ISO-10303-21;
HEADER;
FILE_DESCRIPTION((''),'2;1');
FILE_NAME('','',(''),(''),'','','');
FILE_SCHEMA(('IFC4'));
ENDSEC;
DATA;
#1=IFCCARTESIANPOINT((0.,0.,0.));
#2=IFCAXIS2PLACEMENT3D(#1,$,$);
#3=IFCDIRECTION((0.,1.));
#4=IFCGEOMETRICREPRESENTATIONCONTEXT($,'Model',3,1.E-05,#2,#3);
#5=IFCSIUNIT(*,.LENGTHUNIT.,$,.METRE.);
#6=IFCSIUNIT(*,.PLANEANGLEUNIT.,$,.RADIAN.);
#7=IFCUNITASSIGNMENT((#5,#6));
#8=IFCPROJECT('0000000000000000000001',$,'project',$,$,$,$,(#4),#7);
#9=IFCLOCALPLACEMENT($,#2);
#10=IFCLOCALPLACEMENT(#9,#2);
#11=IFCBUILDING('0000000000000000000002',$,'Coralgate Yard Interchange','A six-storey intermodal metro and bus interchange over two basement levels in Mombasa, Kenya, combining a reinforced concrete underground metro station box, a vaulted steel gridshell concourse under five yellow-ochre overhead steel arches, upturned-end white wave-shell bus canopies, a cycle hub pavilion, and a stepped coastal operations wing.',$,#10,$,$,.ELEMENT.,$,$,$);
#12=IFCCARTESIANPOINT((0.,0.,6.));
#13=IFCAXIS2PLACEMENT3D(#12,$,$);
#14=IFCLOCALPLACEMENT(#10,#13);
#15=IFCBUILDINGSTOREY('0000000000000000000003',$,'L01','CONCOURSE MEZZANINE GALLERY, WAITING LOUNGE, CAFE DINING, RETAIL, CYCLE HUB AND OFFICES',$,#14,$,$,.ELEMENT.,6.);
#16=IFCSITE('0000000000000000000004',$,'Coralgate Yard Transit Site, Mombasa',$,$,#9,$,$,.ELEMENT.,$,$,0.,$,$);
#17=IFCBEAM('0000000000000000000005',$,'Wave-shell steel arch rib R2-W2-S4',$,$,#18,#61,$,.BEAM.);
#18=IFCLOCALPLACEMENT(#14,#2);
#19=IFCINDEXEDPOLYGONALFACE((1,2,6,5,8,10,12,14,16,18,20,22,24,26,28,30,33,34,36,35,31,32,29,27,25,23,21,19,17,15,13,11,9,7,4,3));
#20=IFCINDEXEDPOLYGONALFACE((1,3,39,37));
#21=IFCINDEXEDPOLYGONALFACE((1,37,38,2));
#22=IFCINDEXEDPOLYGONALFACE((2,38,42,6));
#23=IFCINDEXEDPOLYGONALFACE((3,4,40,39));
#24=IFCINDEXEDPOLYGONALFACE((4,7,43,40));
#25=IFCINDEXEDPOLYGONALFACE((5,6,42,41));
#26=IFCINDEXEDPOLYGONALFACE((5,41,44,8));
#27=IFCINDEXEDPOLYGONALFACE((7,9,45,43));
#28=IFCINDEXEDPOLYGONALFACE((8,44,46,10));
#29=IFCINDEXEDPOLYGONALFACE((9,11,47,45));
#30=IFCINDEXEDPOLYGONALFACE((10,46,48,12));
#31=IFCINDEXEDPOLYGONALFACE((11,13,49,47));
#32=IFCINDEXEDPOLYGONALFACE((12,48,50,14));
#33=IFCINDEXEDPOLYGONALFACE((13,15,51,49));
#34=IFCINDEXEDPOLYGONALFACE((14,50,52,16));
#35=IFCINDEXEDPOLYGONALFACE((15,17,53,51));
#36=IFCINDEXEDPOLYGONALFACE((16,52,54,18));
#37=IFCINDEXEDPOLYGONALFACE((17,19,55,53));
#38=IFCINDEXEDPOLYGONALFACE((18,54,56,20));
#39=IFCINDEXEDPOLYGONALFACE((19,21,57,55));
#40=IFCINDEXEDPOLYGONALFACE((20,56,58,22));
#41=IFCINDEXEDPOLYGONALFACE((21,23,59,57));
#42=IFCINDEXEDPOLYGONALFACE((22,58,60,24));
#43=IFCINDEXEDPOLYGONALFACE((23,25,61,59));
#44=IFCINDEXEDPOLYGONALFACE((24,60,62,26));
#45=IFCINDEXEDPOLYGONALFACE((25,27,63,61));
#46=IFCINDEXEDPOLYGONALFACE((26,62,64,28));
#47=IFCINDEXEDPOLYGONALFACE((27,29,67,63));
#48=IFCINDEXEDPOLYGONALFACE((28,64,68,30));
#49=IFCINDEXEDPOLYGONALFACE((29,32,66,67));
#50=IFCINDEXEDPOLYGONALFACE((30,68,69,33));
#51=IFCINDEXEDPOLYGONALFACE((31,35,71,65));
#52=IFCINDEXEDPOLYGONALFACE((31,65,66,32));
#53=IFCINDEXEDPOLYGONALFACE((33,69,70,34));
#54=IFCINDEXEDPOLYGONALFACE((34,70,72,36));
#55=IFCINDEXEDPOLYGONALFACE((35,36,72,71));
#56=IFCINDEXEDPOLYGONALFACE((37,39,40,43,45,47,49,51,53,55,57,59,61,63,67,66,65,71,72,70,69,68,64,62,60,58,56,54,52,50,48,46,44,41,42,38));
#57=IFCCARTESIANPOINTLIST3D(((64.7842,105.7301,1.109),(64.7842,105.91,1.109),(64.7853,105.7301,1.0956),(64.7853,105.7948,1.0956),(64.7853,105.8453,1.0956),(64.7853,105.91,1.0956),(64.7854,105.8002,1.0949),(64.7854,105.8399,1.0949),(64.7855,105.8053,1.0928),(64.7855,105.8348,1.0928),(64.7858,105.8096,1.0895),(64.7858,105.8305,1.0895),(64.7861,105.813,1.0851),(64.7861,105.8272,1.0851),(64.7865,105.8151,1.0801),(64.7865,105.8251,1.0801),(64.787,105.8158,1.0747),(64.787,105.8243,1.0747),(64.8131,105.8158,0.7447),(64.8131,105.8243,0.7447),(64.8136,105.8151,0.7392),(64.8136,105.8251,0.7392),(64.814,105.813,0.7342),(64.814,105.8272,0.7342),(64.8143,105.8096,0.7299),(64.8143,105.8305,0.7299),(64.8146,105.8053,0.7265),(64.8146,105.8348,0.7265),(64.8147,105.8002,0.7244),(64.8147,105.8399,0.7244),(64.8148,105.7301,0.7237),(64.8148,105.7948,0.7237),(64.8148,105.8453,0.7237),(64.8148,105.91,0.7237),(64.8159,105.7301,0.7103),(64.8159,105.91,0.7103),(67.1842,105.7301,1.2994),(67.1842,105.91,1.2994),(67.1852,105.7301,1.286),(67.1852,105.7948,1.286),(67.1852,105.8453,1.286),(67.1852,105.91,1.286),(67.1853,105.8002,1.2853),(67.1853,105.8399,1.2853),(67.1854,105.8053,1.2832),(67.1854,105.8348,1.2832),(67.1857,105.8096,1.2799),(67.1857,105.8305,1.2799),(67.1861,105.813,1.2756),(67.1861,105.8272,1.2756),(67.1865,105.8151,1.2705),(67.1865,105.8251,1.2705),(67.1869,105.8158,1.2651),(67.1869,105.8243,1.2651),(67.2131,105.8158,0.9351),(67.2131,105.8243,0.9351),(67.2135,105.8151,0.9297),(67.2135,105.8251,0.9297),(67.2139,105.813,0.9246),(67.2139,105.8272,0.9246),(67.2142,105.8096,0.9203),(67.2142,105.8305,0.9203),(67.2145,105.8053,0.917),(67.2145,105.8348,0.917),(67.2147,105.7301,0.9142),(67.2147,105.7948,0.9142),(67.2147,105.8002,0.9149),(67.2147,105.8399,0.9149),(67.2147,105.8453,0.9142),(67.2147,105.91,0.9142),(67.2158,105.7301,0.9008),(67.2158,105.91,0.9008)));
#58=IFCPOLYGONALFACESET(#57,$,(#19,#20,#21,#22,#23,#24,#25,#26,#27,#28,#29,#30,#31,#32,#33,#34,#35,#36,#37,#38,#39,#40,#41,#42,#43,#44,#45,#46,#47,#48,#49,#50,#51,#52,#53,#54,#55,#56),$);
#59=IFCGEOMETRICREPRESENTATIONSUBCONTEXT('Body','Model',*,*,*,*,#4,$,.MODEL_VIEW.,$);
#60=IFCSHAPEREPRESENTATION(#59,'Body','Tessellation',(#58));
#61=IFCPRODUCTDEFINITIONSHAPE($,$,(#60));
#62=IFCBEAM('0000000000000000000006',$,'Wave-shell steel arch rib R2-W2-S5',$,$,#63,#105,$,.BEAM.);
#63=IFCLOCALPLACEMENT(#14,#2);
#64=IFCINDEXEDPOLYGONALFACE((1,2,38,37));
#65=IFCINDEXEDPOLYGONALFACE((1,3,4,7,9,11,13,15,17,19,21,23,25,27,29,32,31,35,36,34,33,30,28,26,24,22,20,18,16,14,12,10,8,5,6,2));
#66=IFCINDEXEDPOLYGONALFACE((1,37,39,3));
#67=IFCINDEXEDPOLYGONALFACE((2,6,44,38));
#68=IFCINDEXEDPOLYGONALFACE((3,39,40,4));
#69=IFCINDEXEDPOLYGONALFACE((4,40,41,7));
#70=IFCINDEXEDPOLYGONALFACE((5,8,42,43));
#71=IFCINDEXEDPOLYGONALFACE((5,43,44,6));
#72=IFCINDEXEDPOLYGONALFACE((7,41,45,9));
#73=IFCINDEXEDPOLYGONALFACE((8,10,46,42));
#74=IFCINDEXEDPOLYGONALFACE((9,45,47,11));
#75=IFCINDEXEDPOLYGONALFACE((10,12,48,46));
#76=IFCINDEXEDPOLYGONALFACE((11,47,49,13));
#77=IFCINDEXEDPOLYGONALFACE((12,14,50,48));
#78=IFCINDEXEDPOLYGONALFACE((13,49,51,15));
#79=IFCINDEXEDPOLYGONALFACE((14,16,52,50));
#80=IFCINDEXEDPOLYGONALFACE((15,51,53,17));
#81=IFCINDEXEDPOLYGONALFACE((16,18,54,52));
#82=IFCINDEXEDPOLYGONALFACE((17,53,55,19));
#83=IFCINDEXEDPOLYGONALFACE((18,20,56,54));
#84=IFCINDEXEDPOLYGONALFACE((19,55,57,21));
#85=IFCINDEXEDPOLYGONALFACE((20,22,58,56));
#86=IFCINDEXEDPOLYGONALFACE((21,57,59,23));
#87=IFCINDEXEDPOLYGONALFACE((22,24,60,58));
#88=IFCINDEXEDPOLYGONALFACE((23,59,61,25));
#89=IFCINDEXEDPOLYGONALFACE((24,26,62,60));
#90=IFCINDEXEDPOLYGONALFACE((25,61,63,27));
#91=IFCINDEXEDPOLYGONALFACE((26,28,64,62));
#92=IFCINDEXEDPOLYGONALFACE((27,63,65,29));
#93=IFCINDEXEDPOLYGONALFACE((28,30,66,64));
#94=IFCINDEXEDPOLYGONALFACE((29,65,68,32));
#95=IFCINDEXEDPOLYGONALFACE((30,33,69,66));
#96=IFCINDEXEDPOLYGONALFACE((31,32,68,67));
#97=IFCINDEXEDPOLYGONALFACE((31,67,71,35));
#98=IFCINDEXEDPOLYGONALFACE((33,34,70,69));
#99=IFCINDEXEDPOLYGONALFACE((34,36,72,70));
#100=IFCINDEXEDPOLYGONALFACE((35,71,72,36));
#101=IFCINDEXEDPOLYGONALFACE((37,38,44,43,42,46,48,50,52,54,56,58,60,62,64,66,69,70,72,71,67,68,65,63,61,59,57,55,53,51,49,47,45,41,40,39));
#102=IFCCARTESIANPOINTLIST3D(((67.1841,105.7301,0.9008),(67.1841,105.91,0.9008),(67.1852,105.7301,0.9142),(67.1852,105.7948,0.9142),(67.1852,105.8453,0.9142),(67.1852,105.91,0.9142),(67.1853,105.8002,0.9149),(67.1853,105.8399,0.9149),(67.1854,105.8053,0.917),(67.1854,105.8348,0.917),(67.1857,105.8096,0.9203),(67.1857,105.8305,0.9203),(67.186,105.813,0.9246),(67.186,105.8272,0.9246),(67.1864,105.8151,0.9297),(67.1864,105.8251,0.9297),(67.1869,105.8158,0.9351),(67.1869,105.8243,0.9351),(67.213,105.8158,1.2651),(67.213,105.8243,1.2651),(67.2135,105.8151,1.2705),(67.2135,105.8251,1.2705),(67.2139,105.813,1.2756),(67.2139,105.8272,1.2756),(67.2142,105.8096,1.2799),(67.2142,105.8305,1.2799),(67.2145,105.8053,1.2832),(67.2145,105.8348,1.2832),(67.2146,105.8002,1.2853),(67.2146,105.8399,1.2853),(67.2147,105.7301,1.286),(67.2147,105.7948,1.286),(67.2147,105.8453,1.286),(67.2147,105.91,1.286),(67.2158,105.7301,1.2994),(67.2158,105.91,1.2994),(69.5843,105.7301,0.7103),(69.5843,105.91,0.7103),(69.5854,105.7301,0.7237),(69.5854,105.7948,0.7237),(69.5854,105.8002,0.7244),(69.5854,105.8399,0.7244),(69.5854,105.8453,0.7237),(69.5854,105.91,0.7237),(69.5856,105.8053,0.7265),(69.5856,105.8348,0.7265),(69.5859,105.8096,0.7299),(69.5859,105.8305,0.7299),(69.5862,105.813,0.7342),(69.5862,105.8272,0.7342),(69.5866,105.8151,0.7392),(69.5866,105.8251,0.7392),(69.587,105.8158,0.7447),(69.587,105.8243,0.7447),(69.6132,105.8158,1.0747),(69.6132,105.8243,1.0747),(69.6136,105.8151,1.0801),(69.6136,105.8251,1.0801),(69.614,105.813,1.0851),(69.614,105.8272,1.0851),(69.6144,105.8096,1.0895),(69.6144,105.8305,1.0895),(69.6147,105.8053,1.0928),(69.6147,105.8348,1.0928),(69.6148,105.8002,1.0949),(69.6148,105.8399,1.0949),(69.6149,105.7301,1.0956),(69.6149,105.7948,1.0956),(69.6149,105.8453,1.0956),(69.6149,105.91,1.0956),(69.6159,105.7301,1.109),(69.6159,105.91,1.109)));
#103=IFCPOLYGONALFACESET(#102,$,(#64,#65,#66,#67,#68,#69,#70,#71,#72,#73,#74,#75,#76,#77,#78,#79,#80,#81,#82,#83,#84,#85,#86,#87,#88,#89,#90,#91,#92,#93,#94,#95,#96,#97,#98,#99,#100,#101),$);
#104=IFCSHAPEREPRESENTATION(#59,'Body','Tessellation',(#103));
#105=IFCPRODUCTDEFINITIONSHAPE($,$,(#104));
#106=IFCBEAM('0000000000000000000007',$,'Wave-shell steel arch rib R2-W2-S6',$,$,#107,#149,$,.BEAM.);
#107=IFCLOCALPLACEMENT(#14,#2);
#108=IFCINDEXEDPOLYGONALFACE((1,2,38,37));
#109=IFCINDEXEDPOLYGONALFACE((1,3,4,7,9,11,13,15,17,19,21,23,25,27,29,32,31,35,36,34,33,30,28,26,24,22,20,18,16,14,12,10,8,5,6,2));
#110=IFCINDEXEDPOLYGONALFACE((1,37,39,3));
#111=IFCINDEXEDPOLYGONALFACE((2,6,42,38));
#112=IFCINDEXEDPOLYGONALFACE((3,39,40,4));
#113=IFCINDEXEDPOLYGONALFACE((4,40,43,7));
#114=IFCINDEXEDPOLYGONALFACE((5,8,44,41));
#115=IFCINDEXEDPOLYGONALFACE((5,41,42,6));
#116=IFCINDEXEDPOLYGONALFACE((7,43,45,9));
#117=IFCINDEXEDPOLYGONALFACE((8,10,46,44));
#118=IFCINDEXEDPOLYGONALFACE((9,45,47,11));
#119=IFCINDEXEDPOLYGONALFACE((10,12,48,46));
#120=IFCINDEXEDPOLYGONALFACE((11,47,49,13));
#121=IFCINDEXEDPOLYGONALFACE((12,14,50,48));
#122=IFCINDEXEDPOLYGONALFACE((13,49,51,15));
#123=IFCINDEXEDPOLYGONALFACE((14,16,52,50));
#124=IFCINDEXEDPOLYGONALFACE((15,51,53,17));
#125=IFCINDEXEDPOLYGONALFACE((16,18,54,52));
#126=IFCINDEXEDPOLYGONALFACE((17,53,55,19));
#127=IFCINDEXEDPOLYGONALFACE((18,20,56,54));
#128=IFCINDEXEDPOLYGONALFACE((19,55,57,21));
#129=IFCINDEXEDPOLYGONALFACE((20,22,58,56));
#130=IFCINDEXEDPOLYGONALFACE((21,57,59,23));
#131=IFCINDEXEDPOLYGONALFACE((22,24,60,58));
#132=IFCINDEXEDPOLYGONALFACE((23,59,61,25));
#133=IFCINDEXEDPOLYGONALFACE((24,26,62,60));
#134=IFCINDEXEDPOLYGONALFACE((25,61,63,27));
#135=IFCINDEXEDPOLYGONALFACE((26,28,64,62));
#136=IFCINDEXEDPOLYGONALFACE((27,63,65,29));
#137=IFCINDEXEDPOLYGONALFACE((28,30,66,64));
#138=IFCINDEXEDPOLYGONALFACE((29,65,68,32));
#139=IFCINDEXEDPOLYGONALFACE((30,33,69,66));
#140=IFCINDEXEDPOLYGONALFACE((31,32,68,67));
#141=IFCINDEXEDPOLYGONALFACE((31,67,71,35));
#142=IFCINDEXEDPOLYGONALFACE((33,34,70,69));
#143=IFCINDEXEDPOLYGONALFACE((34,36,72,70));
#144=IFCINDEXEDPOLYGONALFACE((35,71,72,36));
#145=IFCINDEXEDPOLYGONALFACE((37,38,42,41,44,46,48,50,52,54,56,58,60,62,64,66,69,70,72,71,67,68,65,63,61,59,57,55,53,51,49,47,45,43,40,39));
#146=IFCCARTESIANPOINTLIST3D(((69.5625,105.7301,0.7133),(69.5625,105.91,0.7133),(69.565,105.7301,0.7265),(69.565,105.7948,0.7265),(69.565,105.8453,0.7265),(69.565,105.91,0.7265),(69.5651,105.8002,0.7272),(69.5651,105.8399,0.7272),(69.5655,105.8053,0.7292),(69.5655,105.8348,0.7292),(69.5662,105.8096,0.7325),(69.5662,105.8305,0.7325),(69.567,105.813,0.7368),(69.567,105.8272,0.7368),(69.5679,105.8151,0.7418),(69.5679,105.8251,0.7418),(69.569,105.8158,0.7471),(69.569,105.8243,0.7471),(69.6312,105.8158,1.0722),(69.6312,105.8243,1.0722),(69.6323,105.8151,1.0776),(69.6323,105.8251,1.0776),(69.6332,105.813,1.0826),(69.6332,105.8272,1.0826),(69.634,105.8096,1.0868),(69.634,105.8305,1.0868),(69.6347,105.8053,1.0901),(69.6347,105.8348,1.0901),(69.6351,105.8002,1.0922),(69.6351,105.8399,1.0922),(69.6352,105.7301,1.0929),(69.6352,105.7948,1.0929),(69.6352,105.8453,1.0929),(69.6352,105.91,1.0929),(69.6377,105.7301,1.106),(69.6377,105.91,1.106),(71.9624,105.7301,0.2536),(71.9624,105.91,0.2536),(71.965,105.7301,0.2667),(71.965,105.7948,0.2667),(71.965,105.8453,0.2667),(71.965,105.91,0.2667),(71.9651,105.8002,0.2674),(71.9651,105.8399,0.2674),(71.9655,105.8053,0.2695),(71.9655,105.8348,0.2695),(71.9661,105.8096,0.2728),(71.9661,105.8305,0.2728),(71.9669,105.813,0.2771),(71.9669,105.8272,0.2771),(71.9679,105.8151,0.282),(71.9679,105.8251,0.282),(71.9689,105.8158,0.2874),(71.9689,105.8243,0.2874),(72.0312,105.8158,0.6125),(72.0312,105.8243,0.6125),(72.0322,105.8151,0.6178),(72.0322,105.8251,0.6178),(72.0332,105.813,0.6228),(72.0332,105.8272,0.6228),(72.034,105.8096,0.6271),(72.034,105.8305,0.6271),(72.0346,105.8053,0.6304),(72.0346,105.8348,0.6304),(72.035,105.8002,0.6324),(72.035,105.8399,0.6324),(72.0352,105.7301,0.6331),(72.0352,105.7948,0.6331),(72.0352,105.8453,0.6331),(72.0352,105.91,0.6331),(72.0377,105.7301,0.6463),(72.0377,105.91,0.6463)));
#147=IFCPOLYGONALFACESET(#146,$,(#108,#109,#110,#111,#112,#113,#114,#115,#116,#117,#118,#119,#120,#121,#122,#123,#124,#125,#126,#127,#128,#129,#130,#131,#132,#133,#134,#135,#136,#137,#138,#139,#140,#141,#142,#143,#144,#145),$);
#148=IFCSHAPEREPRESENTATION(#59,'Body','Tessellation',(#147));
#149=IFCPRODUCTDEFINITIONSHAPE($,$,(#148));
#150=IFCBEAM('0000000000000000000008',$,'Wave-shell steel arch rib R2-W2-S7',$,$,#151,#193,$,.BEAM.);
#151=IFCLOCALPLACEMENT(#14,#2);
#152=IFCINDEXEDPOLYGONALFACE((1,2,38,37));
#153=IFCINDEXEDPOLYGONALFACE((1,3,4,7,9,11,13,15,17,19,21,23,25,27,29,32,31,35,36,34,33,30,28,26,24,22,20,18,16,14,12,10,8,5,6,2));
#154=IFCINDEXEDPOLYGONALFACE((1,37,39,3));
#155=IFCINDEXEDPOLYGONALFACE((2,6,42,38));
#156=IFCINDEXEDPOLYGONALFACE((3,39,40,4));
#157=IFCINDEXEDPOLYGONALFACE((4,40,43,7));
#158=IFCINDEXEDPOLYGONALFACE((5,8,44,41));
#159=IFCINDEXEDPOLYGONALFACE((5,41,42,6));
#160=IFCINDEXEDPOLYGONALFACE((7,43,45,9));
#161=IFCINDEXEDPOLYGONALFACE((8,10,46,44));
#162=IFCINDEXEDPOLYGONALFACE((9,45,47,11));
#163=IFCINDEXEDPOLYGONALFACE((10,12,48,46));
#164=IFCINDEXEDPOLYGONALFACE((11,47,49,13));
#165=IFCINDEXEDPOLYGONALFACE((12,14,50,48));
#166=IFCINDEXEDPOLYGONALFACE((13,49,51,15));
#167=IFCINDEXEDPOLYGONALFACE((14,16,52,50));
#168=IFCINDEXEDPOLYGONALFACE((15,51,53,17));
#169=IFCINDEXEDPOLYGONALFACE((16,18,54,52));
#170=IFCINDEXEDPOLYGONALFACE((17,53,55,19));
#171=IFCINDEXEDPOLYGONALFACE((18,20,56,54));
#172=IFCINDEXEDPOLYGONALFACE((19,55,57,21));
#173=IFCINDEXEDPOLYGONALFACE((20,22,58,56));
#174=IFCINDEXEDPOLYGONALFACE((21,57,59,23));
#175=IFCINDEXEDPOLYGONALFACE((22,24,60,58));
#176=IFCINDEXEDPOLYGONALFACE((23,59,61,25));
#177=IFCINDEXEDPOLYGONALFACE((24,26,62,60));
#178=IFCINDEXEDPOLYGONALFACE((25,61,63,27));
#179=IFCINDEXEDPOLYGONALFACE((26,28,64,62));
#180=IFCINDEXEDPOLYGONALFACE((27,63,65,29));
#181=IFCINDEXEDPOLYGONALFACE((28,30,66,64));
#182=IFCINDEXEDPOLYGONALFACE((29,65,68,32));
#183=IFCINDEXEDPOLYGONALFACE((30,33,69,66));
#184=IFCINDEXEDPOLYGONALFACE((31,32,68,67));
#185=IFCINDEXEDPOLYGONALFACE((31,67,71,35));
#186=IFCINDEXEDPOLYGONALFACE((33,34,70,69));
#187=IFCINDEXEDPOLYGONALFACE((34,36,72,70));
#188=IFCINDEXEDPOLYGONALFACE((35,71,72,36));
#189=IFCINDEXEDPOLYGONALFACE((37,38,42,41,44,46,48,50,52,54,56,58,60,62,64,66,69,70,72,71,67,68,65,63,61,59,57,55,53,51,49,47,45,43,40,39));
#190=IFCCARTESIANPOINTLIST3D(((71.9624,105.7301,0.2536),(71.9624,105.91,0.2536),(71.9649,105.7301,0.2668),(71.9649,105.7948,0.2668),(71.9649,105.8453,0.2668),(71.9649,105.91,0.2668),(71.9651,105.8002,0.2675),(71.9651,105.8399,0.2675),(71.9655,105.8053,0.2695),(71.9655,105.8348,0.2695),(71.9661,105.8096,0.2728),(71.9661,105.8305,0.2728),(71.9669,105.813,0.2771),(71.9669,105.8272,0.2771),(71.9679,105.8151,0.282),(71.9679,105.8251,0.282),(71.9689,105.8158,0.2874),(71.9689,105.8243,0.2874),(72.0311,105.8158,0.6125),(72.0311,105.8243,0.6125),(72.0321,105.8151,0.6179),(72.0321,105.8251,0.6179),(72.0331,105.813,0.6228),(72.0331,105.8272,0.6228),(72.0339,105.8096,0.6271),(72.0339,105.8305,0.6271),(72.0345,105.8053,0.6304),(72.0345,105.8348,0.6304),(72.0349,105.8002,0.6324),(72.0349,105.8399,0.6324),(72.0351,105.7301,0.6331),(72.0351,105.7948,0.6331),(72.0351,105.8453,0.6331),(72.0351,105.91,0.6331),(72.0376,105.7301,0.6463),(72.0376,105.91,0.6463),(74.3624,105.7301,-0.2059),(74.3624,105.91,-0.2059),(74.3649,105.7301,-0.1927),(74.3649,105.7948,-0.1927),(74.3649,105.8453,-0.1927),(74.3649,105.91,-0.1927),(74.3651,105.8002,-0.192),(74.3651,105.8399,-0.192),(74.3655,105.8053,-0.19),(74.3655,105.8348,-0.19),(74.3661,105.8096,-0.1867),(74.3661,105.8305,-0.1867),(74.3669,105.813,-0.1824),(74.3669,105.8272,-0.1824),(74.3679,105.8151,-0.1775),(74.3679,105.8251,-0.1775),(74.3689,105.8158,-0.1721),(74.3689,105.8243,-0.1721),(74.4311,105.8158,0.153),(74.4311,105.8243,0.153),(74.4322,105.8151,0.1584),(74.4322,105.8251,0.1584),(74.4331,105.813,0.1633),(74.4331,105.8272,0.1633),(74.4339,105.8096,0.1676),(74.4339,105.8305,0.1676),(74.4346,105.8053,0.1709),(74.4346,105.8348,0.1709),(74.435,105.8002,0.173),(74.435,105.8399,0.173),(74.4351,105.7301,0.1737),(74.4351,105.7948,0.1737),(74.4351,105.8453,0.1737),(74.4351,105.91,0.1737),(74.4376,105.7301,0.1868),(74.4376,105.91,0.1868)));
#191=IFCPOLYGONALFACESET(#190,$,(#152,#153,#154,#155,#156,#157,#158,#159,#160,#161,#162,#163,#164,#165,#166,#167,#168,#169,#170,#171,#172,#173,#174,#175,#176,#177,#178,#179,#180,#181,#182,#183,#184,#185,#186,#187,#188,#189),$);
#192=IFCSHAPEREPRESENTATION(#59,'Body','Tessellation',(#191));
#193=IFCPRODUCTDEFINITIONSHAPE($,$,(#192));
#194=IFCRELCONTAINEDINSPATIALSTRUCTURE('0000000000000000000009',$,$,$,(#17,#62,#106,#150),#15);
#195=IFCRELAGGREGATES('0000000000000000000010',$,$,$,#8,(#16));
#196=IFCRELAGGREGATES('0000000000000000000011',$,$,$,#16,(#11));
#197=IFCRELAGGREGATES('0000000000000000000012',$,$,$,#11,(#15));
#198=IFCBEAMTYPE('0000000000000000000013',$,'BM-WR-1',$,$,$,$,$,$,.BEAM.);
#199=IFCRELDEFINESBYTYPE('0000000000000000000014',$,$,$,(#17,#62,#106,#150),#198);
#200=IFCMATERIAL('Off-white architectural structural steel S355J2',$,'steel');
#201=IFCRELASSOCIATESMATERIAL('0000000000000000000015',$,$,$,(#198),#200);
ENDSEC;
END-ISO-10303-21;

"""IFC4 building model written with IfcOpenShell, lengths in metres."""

from ifc_helpers import new_model, si_unit, direction, frame, origin, origin_2d, place, context, subcontext, project, spatial, i_section, extrude, material, material_profile, profile_set, type_object, element, save


model = new_model("IFC4")

# Units and contexts
model_context = context("Model", 3, precision=1e-05, world=origin(), true_north=direction((0.0, 1.0)))
body_context = subcontext(model_context, "Body", "Model", "MODEL_VIEW")
ifc_project = project(units=[si_unit("LENGTHUNIT", "METRE"), si_unit("PLANEANGLEUNIT", "RADIAN")], contexts=[model_context])

# Site, building, storey
site_placement = place(None, origin())
site = spatial("IfcSite", under=ifc_project, at=site_placement, Name="Coralgate Yard Transit Site, Mombasa", CompositionType="ELEMENT", RefElevation=0.0)
building_placement = place(site_placement, origin())
building = spatial("IfcBuilding", under=site, at=building_placement, Name="Coralgate Yard Interchange", Description="A six-storey intermodal metro and bus interchange over two basement levels in Mombasa, Kenya, combining a reinforced concrete underground metro station box, a vaulted steel gridshell concourse under five yellow-ochre overhead steel arches, upturned-end white wave-shell bus canopies, a cycle hub pavilion, and a stepped coastal operations wing.", CompositionType="ELEMENT")
storey_placement = place(building_placement, frame((0.0, 0.0, 6.0)))
storey = spatial("IfcBuildingStorey", under=building, at=storey_placement, Name="L01", Description="CONCOURSE MEZZANINE GALLERY, WAITING LOUNGE, CAFE DINING, RETAIL, CYCLE HUB AND OFFICES", CompositionType="ELEMENT", Elevation=6.0)

# Beams
ifc_material_1 = material(Name="Off-white architectural structural steel S355J2", Category="steel")
ifc_material_profile_1 = material_profile(ifc_material_1, i_section(OverallWidth=0.1799, OverallDepth=0.3999, WebThickness=0.0085, FlangeThickness=0.0134, FilletRadius=0.021, at=origin_2d()), Name="IPE 400")
ifc_profile_set_1 = profile_set([ifc_material_profile_1], Name="Off-white architectural structural steel S355J2")
beam_type_1 = type_object("IfcBeamType", Name="BM-WR-1", PredefinedType="BEAM", material=ifc_profile_set_1)
beam_1_placement = place(storey_placement, frame((64.8, 105.8201, 0.9097), z_axis=(0.996867, 0.0, 0.0791), x_axis=(0.0, 1.0, 0.0)))
element("IfcBeam", 1, at=beam_1_placement, inside=storey, type_object=beam_type_1, Name="Wave-shell steel arch rib R2-W2-S4", PredefinedType="BEAM", context=body_context, shape_type="SweptSolid", body=[
    extrude(i_section(OverallWidth=0.1799, OverallDepth=0.3999, WebThickness=0.0085, FlangeThickness=0.0134, FilletRadius=0.021, at=origin_2d()), origin(), (0.0, 0.0, 1.0), 2.4075),
])
beam_2_placement = place(storey_placement, frame((67.2, 105.8201, 1.1001), z_axis=(0.996867, 0.0, -0.079092), x_axis=(0.0, 1.0, 0.0)))
element("IfcBeam", 2, at=beam_2_placement, inside=storey, type_object=beam_type_1, Name="Wave-shell steel arch rib R2-W2-S5", PredefinedType="BEAM", context=body_context, shape_type="SweptSolid", body=[
    extrude(i_section(OverallWidth=0.1799, OverallDepth=0.3999, WebThickness=0.0085, FlangeThickness=0.0134, FilletRadius=0.021, at=origin_2d()), origin(), (0.0, 0.0, 1.0), 2.4077),
])
for number, where, z_axis, x_axis, name in (
    (3, (69.6001, 105.8201, 0.9097), (0.982143, 0.0, -0.188136), (0.0, 1.0, 0.0), "Wave-shell steel arch rib R2-W2-S6"),
    (4, (72.0, 105.8201, 0.45), (0.982161, 0.0, -0.188039), (0.0, 1.0, 0.0), "Wave-shell steel arch rib R2-W2-S7"),
):
    element("IfcBeam", number, at=place(storey_placement, frame(where, z_axis=z_axis, x_axis=x_axis)), inside=storey, type_object=beam_type_1, Name=name, PredefinedType="BEAM", context=body_context, shape_type="SweptSolid", body=[
        extrude(i_section(OverallWidth=0.1799, OverallDepth=0.3999, WebThickness=0.0085, FlangeThickness=0.0134, FilletRadius=0.021, at=origin_2d()), origin(), (0.0, 0.0, 1.0), 2.4436),
    ])

save(model, "model.ifc")
